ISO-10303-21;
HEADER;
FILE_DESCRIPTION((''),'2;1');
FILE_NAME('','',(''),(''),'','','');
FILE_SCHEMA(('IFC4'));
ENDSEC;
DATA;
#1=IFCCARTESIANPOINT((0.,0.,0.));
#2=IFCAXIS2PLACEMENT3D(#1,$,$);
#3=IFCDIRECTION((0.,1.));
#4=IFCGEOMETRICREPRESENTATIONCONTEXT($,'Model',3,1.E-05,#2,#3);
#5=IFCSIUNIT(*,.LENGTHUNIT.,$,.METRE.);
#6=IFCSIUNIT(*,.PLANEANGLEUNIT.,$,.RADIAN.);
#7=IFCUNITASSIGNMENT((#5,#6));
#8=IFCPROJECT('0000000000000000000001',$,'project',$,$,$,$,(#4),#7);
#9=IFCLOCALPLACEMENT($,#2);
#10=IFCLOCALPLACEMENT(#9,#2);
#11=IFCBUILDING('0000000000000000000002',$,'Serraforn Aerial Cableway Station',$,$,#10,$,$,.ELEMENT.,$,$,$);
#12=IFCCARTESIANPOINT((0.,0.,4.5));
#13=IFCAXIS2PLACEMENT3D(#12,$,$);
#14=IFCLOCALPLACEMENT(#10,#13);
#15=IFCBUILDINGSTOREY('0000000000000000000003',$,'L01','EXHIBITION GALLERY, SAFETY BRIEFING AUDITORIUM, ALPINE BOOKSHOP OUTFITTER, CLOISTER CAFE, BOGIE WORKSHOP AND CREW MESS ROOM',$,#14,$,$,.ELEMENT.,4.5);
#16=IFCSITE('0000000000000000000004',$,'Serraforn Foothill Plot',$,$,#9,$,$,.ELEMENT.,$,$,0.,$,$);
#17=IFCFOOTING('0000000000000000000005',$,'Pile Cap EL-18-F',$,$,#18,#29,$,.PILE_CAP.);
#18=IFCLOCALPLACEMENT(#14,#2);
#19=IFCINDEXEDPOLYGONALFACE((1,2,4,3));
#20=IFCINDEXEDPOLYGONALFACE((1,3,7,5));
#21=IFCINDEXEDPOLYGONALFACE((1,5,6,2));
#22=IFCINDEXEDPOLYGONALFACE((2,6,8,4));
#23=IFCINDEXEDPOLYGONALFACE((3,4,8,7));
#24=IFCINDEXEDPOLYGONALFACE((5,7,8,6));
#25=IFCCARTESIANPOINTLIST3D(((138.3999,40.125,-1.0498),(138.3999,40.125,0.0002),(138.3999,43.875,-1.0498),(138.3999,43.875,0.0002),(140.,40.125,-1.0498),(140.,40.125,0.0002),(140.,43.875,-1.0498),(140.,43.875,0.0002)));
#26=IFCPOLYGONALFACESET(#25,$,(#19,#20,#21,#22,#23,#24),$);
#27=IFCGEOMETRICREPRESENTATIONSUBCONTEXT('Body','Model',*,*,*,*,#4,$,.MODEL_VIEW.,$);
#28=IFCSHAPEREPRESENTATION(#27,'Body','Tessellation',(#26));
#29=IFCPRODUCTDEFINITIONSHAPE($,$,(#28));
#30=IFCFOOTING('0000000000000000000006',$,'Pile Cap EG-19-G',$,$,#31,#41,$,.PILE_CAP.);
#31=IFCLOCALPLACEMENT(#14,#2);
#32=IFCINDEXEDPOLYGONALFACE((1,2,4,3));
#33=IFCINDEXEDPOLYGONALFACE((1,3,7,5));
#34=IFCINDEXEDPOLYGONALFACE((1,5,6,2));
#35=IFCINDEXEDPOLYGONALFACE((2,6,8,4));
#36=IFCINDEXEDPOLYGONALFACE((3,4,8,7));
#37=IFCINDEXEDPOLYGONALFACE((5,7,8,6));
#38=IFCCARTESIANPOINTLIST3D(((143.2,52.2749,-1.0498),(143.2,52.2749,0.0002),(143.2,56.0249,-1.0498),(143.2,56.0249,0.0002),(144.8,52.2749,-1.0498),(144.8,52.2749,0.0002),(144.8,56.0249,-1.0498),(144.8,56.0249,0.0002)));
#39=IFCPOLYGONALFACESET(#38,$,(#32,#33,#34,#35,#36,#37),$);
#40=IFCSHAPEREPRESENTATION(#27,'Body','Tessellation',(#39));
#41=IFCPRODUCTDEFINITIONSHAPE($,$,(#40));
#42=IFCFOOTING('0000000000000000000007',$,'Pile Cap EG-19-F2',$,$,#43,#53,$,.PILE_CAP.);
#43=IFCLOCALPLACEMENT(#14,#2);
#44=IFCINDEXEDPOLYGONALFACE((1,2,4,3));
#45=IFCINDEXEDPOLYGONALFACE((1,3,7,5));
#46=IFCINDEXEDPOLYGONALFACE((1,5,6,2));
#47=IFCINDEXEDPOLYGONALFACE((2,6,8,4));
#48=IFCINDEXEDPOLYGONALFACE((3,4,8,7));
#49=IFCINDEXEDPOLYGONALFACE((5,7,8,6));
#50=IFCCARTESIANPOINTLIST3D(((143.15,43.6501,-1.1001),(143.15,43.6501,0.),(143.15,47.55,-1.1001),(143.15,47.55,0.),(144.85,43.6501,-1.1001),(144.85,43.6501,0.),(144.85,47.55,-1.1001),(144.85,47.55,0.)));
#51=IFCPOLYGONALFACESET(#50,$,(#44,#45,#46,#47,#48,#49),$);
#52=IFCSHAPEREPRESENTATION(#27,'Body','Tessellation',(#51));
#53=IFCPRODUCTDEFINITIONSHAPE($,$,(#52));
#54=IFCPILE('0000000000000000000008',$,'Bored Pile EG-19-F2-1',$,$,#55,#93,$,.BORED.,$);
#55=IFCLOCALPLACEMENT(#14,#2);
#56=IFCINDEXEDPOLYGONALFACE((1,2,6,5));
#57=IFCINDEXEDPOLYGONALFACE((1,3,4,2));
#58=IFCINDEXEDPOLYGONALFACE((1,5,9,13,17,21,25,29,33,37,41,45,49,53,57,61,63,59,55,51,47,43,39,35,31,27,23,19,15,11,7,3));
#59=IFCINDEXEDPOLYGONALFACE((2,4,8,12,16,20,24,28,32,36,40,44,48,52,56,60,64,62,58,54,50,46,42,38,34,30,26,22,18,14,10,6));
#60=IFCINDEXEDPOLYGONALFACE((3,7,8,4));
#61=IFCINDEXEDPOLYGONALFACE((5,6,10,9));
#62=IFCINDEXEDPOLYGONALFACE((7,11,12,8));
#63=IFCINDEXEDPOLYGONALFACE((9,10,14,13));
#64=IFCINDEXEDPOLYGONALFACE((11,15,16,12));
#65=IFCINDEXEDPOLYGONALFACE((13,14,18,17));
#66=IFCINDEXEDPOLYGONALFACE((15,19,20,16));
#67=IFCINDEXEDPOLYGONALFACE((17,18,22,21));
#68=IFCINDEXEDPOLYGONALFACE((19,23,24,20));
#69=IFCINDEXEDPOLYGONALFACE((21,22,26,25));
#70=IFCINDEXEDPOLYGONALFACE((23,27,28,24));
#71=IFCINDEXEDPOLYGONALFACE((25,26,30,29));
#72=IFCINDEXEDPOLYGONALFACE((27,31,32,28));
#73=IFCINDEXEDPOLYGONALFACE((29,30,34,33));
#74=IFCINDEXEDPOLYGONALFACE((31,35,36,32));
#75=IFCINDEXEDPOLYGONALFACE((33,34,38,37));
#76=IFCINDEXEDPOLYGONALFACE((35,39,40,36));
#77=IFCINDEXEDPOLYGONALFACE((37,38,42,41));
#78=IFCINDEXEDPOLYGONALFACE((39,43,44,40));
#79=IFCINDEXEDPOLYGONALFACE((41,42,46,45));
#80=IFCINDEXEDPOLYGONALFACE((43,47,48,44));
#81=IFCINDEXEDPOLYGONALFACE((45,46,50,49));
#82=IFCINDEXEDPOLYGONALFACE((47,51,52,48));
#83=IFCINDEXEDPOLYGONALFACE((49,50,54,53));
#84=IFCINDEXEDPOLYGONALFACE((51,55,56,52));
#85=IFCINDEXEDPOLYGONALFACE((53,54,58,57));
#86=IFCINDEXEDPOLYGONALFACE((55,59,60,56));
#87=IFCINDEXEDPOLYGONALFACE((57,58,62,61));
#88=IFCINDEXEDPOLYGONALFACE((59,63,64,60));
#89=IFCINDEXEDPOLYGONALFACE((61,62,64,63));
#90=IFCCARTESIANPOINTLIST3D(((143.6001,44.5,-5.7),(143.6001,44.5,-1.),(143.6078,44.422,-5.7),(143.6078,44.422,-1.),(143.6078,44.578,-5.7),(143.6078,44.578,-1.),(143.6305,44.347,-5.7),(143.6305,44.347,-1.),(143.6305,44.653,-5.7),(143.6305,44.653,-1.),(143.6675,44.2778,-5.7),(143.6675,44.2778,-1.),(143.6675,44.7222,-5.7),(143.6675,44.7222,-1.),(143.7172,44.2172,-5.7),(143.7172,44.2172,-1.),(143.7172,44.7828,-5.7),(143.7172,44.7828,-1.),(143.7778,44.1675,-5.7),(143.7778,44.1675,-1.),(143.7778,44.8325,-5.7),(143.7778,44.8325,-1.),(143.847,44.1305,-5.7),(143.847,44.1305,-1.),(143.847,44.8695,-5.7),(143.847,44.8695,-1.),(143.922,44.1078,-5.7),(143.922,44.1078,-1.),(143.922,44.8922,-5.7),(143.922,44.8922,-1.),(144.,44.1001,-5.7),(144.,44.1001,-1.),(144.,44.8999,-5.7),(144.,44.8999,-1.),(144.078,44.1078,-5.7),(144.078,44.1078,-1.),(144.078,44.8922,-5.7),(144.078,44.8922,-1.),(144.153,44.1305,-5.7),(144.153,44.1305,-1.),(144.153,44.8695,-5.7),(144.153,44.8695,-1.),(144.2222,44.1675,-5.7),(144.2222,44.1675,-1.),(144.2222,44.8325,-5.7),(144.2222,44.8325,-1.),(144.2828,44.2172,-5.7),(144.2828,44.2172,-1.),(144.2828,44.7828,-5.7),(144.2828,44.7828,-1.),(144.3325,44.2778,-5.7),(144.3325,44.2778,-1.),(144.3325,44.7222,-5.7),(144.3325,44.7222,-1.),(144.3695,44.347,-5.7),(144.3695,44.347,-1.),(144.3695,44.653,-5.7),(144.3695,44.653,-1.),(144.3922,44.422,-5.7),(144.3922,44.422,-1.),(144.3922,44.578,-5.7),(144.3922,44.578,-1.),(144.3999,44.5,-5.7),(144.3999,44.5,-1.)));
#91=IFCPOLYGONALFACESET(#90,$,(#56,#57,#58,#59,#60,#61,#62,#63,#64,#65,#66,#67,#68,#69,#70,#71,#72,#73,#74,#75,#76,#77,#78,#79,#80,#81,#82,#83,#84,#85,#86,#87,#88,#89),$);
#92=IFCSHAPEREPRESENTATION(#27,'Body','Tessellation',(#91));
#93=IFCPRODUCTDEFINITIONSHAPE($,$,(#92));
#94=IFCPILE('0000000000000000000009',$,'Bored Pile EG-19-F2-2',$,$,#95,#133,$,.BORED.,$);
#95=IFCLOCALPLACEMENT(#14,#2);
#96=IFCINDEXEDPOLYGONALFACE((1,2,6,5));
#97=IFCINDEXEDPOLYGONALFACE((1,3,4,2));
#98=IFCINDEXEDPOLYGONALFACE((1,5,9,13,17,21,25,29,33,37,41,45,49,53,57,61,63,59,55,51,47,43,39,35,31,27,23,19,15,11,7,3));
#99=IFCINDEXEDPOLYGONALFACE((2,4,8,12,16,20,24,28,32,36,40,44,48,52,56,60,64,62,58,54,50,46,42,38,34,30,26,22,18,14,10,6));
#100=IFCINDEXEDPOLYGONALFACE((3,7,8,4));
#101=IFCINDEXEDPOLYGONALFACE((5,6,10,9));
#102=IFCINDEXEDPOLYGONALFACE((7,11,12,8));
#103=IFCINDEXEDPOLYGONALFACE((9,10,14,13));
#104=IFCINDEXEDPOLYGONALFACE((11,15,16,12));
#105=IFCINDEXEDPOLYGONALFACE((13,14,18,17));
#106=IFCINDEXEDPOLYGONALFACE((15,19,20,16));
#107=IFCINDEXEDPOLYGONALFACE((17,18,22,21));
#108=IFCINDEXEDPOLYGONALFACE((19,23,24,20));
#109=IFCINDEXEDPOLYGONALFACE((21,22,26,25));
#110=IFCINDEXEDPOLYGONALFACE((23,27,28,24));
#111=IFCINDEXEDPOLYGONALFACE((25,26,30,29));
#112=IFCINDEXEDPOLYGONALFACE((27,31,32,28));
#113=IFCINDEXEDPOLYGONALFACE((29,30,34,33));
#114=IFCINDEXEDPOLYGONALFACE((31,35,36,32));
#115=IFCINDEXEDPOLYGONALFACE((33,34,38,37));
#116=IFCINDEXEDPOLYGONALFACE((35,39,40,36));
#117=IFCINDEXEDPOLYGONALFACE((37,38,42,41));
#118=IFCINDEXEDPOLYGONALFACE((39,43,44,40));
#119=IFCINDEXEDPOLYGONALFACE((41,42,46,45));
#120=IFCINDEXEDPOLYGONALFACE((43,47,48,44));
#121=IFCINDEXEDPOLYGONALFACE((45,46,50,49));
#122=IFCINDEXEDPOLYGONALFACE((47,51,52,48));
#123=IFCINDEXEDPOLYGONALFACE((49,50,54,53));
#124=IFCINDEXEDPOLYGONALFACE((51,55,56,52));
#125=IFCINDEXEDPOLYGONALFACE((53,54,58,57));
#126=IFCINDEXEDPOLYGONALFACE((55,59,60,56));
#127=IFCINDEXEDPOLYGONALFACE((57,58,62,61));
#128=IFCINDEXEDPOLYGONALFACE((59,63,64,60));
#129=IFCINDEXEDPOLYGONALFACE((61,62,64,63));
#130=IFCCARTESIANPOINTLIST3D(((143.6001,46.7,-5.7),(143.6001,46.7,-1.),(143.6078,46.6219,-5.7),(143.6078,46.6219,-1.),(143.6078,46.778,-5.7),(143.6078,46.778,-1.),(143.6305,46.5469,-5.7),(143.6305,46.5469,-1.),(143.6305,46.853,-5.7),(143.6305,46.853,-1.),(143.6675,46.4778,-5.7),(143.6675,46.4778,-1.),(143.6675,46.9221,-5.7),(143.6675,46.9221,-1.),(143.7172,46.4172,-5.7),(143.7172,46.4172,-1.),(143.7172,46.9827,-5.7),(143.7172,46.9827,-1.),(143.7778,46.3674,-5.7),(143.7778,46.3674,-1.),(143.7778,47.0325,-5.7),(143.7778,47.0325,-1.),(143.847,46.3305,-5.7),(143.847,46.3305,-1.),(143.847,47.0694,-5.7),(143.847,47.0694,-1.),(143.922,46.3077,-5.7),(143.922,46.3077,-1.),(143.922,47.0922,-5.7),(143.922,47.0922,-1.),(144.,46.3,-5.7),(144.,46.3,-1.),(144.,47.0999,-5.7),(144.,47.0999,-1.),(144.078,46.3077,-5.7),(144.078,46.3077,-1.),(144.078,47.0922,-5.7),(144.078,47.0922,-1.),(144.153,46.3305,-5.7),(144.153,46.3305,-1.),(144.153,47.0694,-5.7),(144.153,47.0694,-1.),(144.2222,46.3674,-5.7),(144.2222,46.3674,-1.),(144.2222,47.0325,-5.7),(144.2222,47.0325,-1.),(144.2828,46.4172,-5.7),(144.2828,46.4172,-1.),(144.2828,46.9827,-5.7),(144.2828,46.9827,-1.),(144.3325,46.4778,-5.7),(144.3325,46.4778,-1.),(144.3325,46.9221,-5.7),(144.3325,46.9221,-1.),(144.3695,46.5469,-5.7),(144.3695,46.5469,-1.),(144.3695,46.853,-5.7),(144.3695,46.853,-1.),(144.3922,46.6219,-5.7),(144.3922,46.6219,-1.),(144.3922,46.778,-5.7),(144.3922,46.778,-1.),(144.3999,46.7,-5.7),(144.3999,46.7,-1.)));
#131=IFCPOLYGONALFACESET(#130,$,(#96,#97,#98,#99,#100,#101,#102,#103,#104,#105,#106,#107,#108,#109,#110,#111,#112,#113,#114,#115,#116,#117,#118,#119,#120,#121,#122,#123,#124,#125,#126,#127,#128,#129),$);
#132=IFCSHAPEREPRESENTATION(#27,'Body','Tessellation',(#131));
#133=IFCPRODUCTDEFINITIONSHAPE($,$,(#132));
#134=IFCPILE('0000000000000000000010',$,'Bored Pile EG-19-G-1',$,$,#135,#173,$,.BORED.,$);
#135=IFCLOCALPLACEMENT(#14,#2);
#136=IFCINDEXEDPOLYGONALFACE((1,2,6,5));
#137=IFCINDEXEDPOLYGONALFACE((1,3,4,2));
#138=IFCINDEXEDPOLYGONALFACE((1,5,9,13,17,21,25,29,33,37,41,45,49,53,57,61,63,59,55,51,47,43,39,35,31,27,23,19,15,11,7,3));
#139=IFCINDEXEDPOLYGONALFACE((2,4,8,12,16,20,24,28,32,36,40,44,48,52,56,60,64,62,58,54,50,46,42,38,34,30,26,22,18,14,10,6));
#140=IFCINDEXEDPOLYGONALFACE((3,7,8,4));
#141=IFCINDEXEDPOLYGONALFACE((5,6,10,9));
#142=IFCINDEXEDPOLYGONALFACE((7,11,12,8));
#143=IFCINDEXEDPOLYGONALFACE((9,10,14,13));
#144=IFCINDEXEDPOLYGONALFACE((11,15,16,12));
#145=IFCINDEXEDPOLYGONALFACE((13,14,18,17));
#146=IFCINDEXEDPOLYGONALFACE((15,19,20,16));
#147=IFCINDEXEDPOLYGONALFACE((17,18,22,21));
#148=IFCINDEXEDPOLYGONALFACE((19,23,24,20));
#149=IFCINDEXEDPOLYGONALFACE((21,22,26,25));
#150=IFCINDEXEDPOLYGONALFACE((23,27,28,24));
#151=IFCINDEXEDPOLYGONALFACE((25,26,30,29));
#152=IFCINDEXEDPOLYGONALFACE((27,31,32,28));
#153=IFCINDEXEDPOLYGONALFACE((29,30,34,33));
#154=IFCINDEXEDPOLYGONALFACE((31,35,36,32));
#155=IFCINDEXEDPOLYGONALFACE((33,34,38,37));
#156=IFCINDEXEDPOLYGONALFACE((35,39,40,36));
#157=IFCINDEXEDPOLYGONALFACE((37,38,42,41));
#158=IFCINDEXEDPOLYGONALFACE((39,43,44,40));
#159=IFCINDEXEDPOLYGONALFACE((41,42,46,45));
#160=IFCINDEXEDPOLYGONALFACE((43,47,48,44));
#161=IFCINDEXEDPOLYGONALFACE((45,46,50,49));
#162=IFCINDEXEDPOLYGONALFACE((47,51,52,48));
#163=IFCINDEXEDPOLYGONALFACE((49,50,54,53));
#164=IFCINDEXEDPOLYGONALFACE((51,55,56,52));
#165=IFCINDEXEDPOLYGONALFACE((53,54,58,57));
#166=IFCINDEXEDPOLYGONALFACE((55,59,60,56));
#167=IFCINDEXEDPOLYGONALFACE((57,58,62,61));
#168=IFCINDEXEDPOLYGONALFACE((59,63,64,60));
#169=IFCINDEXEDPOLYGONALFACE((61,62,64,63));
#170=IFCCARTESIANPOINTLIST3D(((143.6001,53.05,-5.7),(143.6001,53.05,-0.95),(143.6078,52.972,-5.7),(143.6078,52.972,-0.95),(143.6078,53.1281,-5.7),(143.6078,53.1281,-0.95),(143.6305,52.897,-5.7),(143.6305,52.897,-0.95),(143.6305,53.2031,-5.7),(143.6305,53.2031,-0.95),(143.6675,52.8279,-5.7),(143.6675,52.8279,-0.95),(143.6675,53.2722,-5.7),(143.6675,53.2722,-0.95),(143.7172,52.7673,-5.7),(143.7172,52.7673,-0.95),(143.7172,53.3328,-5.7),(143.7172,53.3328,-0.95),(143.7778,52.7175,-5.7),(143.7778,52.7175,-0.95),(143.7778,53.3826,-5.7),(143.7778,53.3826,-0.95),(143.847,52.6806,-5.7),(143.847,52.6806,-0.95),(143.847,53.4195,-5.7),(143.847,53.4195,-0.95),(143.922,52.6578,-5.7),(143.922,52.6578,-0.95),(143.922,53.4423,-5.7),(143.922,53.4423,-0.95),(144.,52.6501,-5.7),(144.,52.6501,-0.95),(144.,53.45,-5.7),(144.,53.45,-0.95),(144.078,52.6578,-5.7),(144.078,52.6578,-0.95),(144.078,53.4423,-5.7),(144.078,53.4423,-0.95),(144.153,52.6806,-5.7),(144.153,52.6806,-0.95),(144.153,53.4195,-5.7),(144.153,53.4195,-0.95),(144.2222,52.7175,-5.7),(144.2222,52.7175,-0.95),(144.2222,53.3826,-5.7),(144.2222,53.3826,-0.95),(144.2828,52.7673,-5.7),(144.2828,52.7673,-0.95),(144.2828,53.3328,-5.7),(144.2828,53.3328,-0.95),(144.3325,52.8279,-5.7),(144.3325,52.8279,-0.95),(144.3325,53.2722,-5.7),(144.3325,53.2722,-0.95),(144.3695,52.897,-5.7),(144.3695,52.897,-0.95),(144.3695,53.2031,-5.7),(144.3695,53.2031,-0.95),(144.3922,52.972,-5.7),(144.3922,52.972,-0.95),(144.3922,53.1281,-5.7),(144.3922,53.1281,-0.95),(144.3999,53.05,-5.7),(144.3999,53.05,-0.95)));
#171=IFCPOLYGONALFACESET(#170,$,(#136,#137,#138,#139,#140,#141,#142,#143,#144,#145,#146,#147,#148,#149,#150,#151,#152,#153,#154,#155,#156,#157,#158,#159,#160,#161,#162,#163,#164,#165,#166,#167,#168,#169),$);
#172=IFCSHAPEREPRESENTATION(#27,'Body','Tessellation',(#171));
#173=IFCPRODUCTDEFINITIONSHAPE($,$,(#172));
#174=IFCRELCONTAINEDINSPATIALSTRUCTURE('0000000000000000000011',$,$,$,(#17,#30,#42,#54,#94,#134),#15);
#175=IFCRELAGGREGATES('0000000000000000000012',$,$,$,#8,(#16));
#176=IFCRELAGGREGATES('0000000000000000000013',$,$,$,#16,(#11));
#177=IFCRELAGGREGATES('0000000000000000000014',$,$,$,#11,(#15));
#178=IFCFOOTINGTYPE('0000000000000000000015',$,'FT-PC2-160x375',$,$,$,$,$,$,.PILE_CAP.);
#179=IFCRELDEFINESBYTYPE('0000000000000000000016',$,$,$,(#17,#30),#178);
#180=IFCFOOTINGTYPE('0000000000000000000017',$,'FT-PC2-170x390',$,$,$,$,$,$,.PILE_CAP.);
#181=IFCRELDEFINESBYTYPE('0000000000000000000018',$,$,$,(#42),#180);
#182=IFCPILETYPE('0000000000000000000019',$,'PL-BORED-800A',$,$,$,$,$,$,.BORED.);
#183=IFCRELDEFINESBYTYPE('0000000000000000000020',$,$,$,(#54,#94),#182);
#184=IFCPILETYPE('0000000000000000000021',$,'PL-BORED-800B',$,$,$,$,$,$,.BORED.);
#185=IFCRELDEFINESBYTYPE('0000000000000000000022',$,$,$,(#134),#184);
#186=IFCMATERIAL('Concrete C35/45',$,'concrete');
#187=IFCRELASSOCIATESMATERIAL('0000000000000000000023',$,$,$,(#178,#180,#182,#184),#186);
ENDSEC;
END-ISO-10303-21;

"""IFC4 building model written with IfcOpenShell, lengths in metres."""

from ifc_helpers import new_model, si_unit, direction, frame, origin, origin_2d, place, context, subcontext, project, spatial, rectangle, circle, extrude, material, material_profile, profile_set, type_object, element, save


model = new_model("IFC4")

# Units and contexts
model_context = context("Model", 3, precision=1e-05, world=origin(), true_north=direction((0.0, 1.0)))
body_context = subcontext(model_context, "Body", "Model", "MODEL_VIEW")
ifc_project = project(units=[si_unit("LENGTHUNIT", "METRE"), si_unit("PLANEANGLEUNIT", "RADIAN")], contexts=[model_context])

# Site, building, storey
site_placement = place(None, origin())
site = spatial("IfcSite", under=ifc_project, at=site_placement, Name="Serraforn Foothill Plot", CompositionType="ELEMENT", RefElevation=0.0)
building_placement = place(site_placement, origin())
building = spatial("IfcBuilding", under=site, at=building_placement, Name="Serraforn Aerial Cableway Station", CompositionType="ELEMENT")
storey_placement = place(building_placement, frame((0.0, 0.0, 4.5)))
storey = spatial("IfcBuildingStorey", under=building, at=storey_placement, Name="L01", Description="EXHIBITION GALLERY, SAFETY BRIEFING AUDITORIUM, ALPINE BOOKSHOP OUTFITTER, CLOISTER CAFE, BOGIE WORKSHOP AND CREW MESS ROOM", CompositionType="ELEMENT", Elevation=4.5)

# Footings
ifc_material_1 = material(Name="Concrete C35/45", Category="concrete")
footing_type_1 = type_object("IfcFootingType", Name="FT-PC2-160x375", PredefinedType="PILE_CAP", material=ifc_material_1)
for number, where, z_axis, x_axis, name in (
    (1, (139.2, 42.0, -1.0498), (0.0, 0.0, 1.0), (1.0, 0.0, 0.0), "Pile Cap EL-18-F"),
    (2, (144.0, 54.1499, -1.0498), (0.0, 0.0, 1.0), (1.0, 0.0, 0.0), "Pile Cap EG-19-G"),
):
    element("IfcFooting", number, at=place(storey_placement, frame(where, z_axis=z_axis, x_axis=x_axis)), inside=storey, type_object=footing_type_1, Name=name, PredefinedType="PILE_CAP", context=body_context, shape_type="SweptSolid", body=[
        extrude(rectangle(XDim=1.6001, YDim=3.75, at=origin_2d()), origin(), (0.0, 0.0, 1.0), 1.05),
    ])
footing_type_2 = type_object("IfcFootingType", Name="FT-PC2-170x390", PredefinedType="PILE_CAP", material=ifc_material_1)
footing_placement = place(storey_placement, frame((144.0, 45.6001, -1.1001), z_axis=(0.0, 0.0, 1.0), x_axis=(1.0, 0.0, 0.0)))
element("IfcFooting", 3, at=footing_placement, inside=storey, type_object=footing_type_2, Name="Pile Cap EG-19-F2", PredefinedType="PILE_CAP", context=body_context, shape_type="SweptSolid", body=[
    extrude(rectangle(XDim=1.7, YDim=3.8999, at=origin_2d()), origin(), (0.0, 0.0, 1.0), 1.1001),
])

# Piles
ifc_material_profile_1 = material_profile(ifc_material_1, circle(Radius=0.3999, at=origin_2d()), Name="BORED PILE D800")
ifc_profile_set_1 = profile_set([ifc_material_profile_1], Name="Concrete C35/45")
pile_type_1 = type_object("IfcPileType", Name="PL-BORED-800A", PredefinedType="BORED", material=ifc_profile_set_1)
for number, where, z_axis, x_axis, name in (
    (4, (144.0, 44.5, -1.0), (0.0, 0.0, -1.0), (1.0, 0.0, 0.0), "Bored Pile EG-19-F2-1"),
    (5, (144.0, 46.7, -1.0), (0.0, 0.0, -1.0), (1.0, 0.0, 0.0), "Bored Pile EG-19-F2-2"),
):
    element("IfcPile", number, at=place(storey_placement, frame(where, z_axis=z_axis, x_axis=x_axis)), inside=storey, type_object=pile_type_1, Name=name, PredefinedType="BORED", context=body_context, shape_type="SweptSolid", body=[
        extrude(circle(Radius=0.3999, at=origin_2d()), origin(), (0.0, 0.0, 1.0), 4.7),
    ])
ifc_material_profile_2 = material_profile(ifc_material_1, circle(Radius=0.3999, at=origin_2d()), Name="BORED PILE D800")
ifc_profile_set_2 = profile_set([ifc_material_profile_2], Name="Concrete C35/45")
pile_type_2 = type_object("IfcPileType", Name="PL-BORED-800B", PredefinedType="BORED", material=ifc_profile_set_2)
for number, where, z_axis, x_axis, name in (
    (6, (144.0, 53.05, -0.95), (0.0, 0.0, -1.0), (1.0, 0.0, 0.0), "Bored Pile EG-19-G-1"),
):
    element("IfcPile", number, at=place(storey_placement, frame(where, z_axis=z_axis, x_axis=x_axis)), inside=storey, type_object=pile_type_2, Name=name, PredefinedType="BORED", context=body_context, shape_type="SweptSolid", body=[
        extrude(circle(Radius=0.3999, at=origin_2d()), origin(), (0.0, 0.0, 1.0), 4.75),
    ])

save(model, "model.ifc")
